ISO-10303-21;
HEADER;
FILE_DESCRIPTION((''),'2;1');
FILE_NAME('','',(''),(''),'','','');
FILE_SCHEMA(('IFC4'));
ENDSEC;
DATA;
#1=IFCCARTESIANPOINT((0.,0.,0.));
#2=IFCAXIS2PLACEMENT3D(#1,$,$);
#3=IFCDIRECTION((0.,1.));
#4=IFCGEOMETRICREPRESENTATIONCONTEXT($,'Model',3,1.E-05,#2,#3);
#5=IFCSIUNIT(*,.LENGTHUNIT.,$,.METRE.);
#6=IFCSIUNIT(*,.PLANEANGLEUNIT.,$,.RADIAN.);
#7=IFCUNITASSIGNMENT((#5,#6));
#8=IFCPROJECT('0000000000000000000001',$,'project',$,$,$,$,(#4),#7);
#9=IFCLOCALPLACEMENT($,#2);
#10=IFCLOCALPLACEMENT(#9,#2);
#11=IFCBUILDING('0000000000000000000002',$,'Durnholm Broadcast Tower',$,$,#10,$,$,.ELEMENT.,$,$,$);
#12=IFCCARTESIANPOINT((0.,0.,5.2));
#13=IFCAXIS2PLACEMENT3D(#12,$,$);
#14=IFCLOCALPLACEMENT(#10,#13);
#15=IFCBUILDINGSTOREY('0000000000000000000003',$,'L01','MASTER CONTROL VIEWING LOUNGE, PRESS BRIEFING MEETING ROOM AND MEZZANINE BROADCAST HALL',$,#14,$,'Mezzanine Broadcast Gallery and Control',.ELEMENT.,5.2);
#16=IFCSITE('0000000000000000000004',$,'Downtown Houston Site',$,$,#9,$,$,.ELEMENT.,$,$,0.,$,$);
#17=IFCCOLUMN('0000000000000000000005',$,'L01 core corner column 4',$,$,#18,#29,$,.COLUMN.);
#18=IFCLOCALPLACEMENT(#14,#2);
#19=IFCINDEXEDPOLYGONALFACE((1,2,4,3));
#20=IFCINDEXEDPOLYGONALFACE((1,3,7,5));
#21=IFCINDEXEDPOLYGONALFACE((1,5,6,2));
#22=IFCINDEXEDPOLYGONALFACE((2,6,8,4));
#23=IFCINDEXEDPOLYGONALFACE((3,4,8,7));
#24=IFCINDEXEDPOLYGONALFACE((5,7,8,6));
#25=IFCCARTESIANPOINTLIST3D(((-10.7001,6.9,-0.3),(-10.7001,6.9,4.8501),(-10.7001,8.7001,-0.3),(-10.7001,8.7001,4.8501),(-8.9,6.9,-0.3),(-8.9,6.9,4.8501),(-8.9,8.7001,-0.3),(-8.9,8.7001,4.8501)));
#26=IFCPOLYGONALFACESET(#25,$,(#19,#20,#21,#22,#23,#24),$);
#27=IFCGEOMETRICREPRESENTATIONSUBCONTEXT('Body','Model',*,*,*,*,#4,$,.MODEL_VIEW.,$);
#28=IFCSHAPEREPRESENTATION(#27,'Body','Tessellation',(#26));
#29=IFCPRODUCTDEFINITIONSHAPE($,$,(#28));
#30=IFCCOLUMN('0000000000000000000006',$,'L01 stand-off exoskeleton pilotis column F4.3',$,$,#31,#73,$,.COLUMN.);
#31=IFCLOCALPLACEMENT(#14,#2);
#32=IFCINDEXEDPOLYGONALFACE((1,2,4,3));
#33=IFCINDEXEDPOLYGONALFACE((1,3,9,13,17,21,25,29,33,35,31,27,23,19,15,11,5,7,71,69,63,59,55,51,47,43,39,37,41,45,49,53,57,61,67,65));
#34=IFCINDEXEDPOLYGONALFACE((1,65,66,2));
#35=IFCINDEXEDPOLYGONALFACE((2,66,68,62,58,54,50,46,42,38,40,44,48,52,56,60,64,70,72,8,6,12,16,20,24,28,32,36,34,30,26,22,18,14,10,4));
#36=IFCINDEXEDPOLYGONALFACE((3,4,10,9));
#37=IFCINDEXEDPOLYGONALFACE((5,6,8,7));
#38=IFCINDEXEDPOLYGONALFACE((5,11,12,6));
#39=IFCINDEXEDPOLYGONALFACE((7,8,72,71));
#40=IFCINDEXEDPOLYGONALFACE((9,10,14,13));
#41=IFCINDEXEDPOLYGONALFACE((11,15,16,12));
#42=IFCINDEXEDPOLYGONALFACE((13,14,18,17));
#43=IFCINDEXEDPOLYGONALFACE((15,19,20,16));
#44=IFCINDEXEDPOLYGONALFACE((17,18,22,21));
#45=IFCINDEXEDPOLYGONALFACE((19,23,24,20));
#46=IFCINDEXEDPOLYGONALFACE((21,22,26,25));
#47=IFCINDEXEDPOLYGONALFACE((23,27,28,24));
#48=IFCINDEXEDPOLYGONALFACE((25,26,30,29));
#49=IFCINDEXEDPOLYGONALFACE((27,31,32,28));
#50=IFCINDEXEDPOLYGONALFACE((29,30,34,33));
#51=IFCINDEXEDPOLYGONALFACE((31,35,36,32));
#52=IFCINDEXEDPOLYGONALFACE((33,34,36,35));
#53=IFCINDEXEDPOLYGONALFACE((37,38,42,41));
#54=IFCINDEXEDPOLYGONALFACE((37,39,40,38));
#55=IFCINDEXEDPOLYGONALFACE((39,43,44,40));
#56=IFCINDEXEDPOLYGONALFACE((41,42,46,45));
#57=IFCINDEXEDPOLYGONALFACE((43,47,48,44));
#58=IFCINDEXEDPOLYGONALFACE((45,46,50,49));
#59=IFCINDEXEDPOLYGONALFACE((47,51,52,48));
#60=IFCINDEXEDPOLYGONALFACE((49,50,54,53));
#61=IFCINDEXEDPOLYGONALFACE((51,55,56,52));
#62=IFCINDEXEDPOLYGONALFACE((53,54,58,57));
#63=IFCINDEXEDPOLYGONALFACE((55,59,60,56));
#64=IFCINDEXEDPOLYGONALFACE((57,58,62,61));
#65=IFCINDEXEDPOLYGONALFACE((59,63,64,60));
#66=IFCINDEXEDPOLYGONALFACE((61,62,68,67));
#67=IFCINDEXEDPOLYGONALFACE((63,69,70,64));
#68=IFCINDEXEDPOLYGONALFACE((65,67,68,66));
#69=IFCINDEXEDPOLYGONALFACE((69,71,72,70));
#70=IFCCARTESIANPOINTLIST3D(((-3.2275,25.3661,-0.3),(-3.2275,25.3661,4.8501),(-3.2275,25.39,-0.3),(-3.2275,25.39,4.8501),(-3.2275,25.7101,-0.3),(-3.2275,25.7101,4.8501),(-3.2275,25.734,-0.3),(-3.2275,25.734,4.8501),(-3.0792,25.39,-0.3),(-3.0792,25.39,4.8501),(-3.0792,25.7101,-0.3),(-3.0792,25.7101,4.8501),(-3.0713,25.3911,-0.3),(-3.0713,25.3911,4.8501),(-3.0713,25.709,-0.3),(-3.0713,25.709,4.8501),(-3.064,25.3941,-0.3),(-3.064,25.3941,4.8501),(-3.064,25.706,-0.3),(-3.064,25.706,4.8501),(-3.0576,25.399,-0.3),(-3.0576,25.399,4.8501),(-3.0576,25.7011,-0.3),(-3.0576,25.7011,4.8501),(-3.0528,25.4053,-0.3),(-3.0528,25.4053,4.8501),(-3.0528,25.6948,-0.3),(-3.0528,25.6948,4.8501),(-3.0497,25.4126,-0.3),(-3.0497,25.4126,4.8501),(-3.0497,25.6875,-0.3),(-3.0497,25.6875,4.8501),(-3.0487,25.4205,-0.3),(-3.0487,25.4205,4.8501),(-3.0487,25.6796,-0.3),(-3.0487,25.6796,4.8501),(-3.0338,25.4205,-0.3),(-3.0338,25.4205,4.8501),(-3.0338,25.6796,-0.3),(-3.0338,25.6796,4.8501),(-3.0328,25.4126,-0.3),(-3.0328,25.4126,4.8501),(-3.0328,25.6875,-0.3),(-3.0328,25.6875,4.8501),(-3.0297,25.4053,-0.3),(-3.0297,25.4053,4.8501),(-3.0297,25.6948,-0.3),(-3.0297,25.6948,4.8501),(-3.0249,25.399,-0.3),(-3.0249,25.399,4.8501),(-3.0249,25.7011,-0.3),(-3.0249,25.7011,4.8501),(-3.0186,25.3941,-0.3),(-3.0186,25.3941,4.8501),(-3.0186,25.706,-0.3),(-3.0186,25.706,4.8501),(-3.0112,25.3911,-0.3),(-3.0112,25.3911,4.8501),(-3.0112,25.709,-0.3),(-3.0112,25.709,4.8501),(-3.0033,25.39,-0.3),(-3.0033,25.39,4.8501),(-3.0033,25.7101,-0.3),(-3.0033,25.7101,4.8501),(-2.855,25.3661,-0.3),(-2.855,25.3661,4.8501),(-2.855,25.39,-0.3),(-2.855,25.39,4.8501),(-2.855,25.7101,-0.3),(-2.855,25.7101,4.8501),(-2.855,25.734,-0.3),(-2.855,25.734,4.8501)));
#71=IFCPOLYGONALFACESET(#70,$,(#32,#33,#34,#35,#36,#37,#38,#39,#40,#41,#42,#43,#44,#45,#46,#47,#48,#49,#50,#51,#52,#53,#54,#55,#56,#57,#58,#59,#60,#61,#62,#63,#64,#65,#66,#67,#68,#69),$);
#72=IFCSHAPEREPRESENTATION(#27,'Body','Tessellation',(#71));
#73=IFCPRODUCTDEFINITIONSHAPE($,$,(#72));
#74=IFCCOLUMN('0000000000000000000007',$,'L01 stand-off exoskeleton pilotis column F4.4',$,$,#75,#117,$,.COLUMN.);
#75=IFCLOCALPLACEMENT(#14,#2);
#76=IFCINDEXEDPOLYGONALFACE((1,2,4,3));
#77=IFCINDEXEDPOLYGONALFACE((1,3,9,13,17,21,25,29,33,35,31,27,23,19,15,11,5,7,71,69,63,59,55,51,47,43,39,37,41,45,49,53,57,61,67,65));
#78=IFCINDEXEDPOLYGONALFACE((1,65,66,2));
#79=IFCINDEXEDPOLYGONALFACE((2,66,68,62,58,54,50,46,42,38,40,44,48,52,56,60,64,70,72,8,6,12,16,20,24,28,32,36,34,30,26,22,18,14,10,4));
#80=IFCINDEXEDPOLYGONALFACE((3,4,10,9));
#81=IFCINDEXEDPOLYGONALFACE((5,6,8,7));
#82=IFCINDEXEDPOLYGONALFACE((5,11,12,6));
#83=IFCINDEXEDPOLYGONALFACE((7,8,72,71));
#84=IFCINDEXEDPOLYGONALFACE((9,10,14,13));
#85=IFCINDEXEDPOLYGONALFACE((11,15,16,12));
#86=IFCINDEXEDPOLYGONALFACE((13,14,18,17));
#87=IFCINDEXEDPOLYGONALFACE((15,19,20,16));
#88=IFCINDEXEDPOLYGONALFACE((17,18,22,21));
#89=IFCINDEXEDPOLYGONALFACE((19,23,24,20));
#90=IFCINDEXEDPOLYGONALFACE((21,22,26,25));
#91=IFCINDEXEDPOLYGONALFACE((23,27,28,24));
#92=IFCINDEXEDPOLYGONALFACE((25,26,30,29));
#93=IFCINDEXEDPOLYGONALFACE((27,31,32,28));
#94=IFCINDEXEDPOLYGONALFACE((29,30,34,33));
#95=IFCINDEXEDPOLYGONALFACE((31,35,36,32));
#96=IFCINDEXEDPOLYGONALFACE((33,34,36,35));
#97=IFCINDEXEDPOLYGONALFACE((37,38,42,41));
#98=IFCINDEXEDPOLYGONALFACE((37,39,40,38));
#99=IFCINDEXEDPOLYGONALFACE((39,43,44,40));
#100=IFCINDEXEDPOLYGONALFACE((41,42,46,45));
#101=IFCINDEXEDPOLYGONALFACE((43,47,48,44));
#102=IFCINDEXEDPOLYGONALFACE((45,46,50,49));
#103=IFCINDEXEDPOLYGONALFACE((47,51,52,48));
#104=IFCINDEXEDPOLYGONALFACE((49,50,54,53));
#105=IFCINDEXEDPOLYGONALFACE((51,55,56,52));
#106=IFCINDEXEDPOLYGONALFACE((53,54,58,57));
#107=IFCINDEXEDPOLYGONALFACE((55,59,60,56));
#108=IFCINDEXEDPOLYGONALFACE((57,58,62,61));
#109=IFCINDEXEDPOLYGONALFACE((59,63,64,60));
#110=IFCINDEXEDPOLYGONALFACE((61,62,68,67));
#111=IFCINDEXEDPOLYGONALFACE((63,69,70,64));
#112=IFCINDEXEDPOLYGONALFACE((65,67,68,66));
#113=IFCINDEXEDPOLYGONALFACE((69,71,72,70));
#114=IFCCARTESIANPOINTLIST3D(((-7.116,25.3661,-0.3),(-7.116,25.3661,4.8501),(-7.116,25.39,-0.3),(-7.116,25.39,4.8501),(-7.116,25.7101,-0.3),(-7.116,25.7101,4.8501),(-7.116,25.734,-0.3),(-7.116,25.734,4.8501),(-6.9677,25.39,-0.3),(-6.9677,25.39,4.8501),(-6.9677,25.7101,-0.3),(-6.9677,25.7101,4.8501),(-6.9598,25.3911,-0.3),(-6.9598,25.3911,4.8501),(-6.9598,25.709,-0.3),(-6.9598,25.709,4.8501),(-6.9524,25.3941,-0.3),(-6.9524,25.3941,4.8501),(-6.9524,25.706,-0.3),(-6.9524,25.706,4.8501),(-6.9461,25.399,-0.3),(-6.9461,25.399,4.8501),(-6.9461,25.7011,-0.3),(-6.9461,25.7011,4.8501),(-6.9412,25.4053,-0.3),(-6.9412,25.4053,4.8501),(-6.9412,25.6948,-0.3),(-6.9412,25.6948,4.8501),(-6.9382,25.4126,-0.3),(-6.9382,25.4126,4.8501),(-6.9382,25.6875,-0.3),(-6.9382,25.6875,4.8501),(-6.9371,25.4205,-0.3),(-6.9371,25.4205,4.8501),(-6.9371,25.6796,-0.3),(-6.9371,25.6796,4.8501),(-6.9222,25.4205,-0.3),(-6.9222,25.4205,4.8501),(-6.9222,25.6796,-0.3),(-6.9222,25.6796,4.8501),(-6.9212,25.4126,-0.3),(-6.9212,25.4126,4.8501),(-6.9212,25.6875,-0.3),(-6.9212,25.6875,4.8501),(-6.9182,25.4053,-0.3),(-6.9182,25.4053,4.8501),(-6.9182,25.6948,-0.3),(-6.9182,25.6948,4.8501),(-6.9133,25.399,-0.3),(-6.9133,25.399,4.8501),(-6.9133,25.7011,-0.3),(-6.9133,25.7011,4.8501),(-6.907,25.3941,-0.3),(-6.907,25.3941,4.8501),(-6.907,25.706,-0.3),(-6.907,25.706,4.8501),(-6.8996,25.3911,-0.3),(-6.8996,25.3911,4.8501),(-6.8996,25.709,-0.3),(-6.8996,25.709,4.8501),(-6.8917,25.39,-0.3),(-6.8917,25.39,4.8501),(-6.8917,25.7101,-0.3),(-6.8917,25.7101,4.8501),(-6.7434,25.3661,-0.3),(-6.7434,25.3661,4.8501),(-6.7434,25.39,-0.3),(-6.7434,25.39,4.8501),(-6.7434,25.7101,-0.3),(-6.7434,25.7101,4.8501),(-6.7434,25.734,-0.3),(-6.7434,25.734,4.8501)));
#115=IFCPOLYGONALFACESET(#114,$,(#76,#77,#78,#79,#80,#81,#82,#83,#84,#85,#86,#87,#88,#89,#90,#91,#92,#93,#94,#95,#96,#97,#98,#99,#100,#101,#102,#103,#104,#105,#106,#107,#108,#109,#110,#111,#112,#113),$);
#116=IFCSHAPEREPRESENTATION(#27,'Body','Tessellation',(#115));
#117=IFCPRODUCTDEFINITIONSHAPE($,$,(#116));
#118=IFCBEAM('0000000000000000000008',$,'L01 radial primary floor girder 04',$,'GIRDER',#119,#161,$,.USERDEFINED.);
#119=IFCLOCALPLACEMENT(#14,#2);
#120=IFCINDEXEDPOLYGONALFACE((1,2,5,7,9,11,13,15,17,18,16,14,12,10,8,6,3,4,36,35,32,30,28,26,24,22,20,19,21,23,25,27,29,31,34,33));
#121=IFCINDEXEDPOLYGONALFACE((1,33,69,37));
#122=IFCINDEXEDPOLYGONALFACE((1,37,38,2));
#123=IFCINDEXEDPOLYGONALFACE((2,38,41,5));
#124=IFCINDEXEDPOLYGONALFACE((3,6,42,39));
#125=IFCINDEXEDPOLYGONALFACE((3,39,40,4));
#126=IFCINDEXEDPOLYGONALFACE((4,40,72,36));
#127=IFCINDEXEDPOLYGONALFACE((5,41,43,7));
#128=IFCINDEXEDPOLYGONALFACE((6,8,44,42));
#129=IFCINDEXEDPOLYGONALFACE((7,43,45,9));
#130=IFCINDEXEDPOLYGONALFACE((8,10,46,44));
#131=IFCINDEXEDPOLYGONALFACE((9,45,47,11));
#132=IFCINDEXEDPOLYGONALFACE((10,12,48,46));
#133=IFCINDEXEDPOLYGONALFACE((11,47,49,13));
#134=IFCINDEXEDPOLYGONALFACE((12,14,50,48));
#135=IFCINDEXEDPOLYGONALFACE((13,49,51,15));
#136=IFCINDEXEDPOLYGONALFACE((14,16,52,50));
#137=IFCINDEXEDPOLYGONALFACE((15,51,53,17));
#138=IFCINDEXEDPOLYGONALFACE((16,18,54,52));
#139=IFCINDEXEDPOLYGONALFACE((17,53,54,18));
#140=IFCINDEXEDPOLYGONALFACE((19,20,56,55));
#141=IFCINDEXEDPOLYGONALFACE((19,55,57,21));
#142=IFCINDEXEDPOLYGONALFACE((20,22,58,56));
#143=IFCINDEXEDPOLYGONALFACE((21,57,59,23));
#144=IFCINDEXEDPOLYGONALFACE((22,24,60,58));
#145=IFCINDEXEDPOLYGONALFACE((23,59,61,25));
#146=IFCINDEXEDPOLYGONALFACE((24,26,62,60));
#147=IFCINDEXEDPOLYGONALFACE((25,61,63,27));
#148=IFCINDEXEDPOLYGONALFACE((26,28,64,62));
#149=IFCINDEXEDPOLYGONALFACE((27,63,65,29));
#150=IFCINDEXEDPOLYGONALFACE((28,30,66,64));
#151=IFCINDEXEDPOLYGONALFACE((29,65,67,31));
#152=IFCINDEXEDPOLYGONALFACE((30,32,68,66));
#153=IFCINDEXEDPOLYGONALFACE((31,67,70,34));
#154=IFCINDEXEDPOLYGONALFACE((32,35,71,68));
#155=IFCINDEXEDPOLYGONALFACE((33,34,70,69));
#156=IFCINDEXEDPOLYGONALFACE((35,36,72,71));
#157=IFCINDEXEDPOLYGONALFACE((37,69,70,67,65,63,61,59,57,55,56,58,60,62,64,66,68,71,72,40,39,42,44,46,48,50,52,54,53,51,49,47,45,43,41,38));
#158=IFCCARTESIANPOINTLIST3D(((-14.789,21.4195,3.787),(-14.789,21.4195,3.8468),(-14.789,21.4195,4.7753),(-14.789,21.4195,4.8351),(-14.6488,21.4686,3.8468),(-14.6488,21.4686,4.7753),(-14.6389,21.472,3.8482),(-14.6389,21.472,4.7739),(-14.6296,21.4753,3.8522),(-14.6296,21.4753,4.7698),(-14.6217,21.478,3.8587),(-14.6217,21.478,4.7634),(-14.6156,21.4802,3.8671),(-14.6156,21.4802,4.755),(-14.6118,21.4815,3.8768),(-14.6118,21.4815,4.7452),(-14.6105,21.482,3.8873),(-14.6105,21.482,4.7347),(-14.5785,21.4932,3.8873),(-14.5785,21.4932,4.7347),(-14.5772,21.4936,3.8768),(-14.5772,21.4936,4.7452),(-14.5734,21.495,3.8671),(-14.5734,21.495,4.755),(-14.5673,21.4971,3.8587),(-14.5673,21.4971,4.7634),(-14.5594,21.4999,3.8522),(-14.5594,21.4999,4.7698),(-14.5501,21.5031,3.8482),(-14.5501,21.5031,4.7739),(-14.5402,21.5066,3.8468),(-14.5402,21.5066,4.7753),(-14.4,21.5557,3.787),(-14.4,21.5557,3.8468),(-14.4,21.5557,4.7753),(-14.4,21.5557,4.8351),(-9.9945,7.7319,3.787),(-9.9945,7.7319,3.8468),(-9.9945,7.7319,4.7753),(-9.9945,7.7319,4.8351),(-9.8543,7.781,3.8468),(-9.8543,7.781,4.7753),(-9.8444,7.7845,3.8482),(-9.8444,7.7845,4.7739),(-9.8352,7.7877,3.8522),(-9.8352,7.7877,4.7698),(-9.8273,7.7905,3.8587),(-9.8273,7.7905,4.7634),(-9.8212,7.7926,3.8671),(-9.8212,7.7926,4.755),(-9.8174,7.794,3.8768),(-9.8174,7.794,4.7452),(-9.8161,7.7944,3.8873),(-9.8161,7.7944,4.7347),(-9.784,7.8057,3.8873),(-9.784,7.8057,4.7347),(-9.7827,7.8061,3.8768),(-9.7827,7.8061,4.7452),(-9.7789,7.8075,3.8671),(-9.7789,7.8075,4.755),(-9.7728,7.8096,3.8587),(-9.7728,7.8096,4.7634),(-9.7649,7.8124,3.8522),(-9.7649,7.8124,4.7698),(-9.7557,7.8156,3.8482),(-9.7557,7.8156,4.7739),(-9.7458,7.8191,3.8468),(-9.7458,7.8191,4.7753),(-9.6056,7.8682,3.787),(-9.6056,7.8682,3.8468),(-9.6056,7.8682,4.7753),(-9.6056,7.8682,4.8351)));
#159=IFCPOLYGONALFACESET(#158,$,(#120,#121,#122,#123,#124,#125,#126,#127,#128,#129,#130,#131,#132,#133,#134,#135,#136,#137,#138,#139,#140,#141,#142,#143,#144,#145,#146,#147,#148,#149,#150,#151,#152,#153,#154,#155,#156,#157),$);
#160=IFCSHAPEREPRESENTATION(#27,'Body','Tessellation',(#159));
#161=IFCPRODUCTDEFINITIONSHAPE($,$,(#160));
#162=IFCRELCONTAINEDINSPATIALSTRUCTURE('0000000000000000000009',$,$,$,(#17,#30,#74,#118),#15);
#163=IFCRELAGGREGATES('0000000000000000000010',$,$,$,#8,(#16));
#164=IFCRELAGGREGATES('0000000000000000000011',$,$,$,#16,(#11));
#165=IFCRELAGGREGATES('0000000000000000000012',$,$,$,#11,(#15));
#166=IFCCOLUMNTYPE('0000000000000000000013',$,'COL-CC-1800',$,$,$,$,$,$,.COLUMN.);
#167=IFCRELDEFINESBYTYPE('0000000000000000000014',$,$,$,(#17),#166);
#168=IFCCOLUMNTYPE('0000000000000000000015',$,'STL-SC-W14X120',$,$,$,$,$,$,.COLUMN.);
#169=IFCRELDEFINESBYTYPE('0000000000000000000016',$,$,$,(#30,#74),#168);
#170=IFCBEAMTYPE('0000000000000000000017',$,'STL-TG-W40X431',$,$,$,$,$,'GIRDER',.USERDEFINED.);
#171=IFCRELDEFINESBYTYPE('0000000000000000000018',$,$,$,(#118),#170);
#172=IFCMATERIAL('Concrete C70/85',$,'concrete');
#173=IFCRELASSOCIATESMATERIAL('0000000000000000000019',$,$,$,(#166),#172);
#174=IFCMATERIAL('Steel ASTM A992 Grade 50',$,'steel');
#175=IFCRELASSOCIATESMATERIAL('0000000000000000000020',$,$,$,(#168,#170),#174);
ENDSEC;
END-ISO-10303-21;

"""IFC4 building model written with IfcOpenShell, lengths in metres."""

from ifc_helpers import new_model, si_unit, direction, frame, origin, origin_2d, place, context, subcontext, project, spatial, rectangle, i_section, extrude, source, transform, mapped, material, material_profile, profile_set, type_object, type_shapes, element, save


model = new_model("IFC4")

# Units and contexts
model_context = context("Model", 3, precision=1e-05, world=origin(), true_north=direction((0.0, 1.0)))
body_context = subcontext(model_context, "Body", "Model", "MODEL_VIEW")
ifc_project = project(units=[si_unit("LENGTHUNIT", "METRE"), si_unit("PLANEANGLEUNIT", "RADIAN")], contexts=[model_context])

# Site, building, storey
site_placement = place(None, origin())
site = spatial("IfcSite", under=ifc_project, at=site_placement, Name="Downtown Houston Site", CompositionType="ELEMENT", RefElevation=0.0)
building_placement = place(site_placement, origin())
building = spatial("IfcBuilding", under=site, at=building_placement, Name="Durnholm Broadcast Tower", CompositionType="ELEMENT")
storey_placement = place(building_placement, frame((0.0, 0.0, 5.2)))
storey = spatial("IfcBuildingStorey", under=building, at=storey_placement, Name="L01", Description="MASTER CONTROL VIEWING LOUNGE, PRESS BRIEFING MEETING ROOM AND MEZZANINE BROADCAST HALL", LongName="Mezzanine Broadcast Gallery and Control", CompositionType="ELEMENT", Elevation=5.2)

# Columns
ifc_material_1 = material(Name="Concrete C70/85", Category="concrete")
ifc_material_profile_1 = material_profile(ifc_material_1, rectangle(XDim=1.8, YDim=1.8, at=origin_2d()), Name="RC1800X1800")
ifc_profile_set_1 = profile_set([ifc_material_profile_1], Name="Concrete C70/85")
column_type_1 = type_object("IfcColumnType", Name="COL-CC-1800", PredefinedType="COLUMN", material=ifc_profile_set_1)
shared_shape_1 = source(origin(), body_context, "Body", "SweptSolid", [
    extrude(rectangle(XDim=1.8, YDim=1.8, at=origin_2d()), origin(), (0.0, 0.0, 1.0), 5.1501),
])
type_shapes(column_type_1, [shared_shape_1])
column_placement = place(storey_placement, frame((-9.8, 7.8, -0.3), z_axis=(0.0, 0.0, 1.0), x_axis=(1.0, 0.0, 0.0)))
element("IfcColumn", 1, at=column_placement, inside=storey, type_object=column_type_1, Name="L01 core corner column 4", PredefinedType="COLUMN", context=body_context, shape_type="MappedRepresentation", body=[
    mapped(shared_shape_1, transform((0.0, 0.0, 0.0), x_axis=(1.0, 0.0, 0.0), y_axis=(0.0, 1.0, 0.0), z_axis=(0.0, 0.0, 1.0), scale=1.0)),
])
ifc_material_2 = material(Name="Steel ASTM A992 Grade 50", Category="steel")
ifc_material_profile_2 = material_profile(ifc_material_2, i_section(OverallWidth=0.3726, OverallDepth=0.3679, WebThickness=0.0149, FlangeThickness=0.0239, FilletRadius=0.0305, at=origin_2d()), Name="W14X120")
ifc_profile_set_2 = profile_set([ifc_material_profile_2], Name="Steel ASTM A992 Grade 50")
column_type_2 = type_object("IfcColumnType", Name="STL-SC-W14X120", PredefinedType="COLUMN", material=ifc_profile_set_2)
shared_shape_2 = source(origin(), body_context, "Body", "SweptSolid", [
    extrude(i_section(OverallWidth=0.3726, OverallDepth=0.3679, WebThickness=0.0149, FlangeThickness=0.0239, FilletRadius=0.0305, at=origin_2d()), origin(), (0.0, 0.0, 1.0), 5.1501),
])
type_shapes(column_type_2, [shared_shape_2])
for number, where, z_axis, x_axis, name in (
    (2, (-3.0413, 25.55, -0.3), (0.0, 0.0, 1.0), (1.0, 0.0, 0.0), "L01 stand-off exoskeleton pilotis column F4.3"),
    (3, (-6.9297, 25.55, -0.3), (0.0, 0.0, 1.0), (1.0, 0.0, 0.0), "L01 stand-off exoskeleton pilotis column F4.4"),
):
    element("IfcColumn", number, at=place(storey_placement, frame(where, z_axis=z_axis, x_axis=x_axis)), inside=storey, type_object=column_type_2, Name=name, PredefinedType="COLUMN", context=body_context, shape_type="MappedRepresentation", body=[
        mapped(shared_shape_2, transform((0.0, 0.0, 0.0), x_axis=(1.0, 0.0, 0.0), y_axis=(0.0, 1.0, 0.0), z_axis=(0.0, 0.0, 1.0), scale=1.0)),
    ])

# Beam
ifc_material_profile_3 = material_profile(ifc_material_2, i_section(OverallWidth=0.4121, OverallDepth=1.0481, WebThickness=0.0339, FlangeThickness=0.0598, FilletRadius=0.0405, at=origin_2d()), Name="W40X431")
ifc_profile_set_3 = profile_set([ifc_material_profile_3], Name="Steel ASTM A992 Grade 50")
beam_type = type_object("IfcBeamType", Name="STL-TG-W40X431", ElementType="GIRDER", PredefinedType="USERDEFINED", material=ifc_profile_set_3)
shared_shape_3 = source(origin(), body_context, "Body", "SweptSolid", [
    extrude(i_section(OverallWidth=0.4121, OverallDepth=1.0481, WebThickness=0.0339, FlangeThickness=0.0598, FilletRadius=0.0405, at=origin_2d()), origin(), (0.0, 0.0, 1.0), 14.5029),
])
beam_1_placement = place(storey_placement, frame((-9.8, 7.8, 4.311), z_axis=(-0.330584, 0.943776, 0.0), x_axis=(-0.943776, -0.330584, 0.0)))
element("IfcBeam", 4, at=beam_1_placement, inside=storey, type_object=beam_type, Name="L01 radial primary floor girder 04", ObjectType="GIRDER", PredefinedType="USERDEFINED", context=body_context, shape_type="MappedRepresentation", body=[
    mapped(shared_shape_3, transform((0.0, 0.0, 0.0), x_axis=(1.0, 0.0, 0.0), y_axis=(0.0, 1.0, 0.0), z_axis=(0.0, 0.0, 1.0), scale=1.0)),
])

save(model, "model.ifc")
